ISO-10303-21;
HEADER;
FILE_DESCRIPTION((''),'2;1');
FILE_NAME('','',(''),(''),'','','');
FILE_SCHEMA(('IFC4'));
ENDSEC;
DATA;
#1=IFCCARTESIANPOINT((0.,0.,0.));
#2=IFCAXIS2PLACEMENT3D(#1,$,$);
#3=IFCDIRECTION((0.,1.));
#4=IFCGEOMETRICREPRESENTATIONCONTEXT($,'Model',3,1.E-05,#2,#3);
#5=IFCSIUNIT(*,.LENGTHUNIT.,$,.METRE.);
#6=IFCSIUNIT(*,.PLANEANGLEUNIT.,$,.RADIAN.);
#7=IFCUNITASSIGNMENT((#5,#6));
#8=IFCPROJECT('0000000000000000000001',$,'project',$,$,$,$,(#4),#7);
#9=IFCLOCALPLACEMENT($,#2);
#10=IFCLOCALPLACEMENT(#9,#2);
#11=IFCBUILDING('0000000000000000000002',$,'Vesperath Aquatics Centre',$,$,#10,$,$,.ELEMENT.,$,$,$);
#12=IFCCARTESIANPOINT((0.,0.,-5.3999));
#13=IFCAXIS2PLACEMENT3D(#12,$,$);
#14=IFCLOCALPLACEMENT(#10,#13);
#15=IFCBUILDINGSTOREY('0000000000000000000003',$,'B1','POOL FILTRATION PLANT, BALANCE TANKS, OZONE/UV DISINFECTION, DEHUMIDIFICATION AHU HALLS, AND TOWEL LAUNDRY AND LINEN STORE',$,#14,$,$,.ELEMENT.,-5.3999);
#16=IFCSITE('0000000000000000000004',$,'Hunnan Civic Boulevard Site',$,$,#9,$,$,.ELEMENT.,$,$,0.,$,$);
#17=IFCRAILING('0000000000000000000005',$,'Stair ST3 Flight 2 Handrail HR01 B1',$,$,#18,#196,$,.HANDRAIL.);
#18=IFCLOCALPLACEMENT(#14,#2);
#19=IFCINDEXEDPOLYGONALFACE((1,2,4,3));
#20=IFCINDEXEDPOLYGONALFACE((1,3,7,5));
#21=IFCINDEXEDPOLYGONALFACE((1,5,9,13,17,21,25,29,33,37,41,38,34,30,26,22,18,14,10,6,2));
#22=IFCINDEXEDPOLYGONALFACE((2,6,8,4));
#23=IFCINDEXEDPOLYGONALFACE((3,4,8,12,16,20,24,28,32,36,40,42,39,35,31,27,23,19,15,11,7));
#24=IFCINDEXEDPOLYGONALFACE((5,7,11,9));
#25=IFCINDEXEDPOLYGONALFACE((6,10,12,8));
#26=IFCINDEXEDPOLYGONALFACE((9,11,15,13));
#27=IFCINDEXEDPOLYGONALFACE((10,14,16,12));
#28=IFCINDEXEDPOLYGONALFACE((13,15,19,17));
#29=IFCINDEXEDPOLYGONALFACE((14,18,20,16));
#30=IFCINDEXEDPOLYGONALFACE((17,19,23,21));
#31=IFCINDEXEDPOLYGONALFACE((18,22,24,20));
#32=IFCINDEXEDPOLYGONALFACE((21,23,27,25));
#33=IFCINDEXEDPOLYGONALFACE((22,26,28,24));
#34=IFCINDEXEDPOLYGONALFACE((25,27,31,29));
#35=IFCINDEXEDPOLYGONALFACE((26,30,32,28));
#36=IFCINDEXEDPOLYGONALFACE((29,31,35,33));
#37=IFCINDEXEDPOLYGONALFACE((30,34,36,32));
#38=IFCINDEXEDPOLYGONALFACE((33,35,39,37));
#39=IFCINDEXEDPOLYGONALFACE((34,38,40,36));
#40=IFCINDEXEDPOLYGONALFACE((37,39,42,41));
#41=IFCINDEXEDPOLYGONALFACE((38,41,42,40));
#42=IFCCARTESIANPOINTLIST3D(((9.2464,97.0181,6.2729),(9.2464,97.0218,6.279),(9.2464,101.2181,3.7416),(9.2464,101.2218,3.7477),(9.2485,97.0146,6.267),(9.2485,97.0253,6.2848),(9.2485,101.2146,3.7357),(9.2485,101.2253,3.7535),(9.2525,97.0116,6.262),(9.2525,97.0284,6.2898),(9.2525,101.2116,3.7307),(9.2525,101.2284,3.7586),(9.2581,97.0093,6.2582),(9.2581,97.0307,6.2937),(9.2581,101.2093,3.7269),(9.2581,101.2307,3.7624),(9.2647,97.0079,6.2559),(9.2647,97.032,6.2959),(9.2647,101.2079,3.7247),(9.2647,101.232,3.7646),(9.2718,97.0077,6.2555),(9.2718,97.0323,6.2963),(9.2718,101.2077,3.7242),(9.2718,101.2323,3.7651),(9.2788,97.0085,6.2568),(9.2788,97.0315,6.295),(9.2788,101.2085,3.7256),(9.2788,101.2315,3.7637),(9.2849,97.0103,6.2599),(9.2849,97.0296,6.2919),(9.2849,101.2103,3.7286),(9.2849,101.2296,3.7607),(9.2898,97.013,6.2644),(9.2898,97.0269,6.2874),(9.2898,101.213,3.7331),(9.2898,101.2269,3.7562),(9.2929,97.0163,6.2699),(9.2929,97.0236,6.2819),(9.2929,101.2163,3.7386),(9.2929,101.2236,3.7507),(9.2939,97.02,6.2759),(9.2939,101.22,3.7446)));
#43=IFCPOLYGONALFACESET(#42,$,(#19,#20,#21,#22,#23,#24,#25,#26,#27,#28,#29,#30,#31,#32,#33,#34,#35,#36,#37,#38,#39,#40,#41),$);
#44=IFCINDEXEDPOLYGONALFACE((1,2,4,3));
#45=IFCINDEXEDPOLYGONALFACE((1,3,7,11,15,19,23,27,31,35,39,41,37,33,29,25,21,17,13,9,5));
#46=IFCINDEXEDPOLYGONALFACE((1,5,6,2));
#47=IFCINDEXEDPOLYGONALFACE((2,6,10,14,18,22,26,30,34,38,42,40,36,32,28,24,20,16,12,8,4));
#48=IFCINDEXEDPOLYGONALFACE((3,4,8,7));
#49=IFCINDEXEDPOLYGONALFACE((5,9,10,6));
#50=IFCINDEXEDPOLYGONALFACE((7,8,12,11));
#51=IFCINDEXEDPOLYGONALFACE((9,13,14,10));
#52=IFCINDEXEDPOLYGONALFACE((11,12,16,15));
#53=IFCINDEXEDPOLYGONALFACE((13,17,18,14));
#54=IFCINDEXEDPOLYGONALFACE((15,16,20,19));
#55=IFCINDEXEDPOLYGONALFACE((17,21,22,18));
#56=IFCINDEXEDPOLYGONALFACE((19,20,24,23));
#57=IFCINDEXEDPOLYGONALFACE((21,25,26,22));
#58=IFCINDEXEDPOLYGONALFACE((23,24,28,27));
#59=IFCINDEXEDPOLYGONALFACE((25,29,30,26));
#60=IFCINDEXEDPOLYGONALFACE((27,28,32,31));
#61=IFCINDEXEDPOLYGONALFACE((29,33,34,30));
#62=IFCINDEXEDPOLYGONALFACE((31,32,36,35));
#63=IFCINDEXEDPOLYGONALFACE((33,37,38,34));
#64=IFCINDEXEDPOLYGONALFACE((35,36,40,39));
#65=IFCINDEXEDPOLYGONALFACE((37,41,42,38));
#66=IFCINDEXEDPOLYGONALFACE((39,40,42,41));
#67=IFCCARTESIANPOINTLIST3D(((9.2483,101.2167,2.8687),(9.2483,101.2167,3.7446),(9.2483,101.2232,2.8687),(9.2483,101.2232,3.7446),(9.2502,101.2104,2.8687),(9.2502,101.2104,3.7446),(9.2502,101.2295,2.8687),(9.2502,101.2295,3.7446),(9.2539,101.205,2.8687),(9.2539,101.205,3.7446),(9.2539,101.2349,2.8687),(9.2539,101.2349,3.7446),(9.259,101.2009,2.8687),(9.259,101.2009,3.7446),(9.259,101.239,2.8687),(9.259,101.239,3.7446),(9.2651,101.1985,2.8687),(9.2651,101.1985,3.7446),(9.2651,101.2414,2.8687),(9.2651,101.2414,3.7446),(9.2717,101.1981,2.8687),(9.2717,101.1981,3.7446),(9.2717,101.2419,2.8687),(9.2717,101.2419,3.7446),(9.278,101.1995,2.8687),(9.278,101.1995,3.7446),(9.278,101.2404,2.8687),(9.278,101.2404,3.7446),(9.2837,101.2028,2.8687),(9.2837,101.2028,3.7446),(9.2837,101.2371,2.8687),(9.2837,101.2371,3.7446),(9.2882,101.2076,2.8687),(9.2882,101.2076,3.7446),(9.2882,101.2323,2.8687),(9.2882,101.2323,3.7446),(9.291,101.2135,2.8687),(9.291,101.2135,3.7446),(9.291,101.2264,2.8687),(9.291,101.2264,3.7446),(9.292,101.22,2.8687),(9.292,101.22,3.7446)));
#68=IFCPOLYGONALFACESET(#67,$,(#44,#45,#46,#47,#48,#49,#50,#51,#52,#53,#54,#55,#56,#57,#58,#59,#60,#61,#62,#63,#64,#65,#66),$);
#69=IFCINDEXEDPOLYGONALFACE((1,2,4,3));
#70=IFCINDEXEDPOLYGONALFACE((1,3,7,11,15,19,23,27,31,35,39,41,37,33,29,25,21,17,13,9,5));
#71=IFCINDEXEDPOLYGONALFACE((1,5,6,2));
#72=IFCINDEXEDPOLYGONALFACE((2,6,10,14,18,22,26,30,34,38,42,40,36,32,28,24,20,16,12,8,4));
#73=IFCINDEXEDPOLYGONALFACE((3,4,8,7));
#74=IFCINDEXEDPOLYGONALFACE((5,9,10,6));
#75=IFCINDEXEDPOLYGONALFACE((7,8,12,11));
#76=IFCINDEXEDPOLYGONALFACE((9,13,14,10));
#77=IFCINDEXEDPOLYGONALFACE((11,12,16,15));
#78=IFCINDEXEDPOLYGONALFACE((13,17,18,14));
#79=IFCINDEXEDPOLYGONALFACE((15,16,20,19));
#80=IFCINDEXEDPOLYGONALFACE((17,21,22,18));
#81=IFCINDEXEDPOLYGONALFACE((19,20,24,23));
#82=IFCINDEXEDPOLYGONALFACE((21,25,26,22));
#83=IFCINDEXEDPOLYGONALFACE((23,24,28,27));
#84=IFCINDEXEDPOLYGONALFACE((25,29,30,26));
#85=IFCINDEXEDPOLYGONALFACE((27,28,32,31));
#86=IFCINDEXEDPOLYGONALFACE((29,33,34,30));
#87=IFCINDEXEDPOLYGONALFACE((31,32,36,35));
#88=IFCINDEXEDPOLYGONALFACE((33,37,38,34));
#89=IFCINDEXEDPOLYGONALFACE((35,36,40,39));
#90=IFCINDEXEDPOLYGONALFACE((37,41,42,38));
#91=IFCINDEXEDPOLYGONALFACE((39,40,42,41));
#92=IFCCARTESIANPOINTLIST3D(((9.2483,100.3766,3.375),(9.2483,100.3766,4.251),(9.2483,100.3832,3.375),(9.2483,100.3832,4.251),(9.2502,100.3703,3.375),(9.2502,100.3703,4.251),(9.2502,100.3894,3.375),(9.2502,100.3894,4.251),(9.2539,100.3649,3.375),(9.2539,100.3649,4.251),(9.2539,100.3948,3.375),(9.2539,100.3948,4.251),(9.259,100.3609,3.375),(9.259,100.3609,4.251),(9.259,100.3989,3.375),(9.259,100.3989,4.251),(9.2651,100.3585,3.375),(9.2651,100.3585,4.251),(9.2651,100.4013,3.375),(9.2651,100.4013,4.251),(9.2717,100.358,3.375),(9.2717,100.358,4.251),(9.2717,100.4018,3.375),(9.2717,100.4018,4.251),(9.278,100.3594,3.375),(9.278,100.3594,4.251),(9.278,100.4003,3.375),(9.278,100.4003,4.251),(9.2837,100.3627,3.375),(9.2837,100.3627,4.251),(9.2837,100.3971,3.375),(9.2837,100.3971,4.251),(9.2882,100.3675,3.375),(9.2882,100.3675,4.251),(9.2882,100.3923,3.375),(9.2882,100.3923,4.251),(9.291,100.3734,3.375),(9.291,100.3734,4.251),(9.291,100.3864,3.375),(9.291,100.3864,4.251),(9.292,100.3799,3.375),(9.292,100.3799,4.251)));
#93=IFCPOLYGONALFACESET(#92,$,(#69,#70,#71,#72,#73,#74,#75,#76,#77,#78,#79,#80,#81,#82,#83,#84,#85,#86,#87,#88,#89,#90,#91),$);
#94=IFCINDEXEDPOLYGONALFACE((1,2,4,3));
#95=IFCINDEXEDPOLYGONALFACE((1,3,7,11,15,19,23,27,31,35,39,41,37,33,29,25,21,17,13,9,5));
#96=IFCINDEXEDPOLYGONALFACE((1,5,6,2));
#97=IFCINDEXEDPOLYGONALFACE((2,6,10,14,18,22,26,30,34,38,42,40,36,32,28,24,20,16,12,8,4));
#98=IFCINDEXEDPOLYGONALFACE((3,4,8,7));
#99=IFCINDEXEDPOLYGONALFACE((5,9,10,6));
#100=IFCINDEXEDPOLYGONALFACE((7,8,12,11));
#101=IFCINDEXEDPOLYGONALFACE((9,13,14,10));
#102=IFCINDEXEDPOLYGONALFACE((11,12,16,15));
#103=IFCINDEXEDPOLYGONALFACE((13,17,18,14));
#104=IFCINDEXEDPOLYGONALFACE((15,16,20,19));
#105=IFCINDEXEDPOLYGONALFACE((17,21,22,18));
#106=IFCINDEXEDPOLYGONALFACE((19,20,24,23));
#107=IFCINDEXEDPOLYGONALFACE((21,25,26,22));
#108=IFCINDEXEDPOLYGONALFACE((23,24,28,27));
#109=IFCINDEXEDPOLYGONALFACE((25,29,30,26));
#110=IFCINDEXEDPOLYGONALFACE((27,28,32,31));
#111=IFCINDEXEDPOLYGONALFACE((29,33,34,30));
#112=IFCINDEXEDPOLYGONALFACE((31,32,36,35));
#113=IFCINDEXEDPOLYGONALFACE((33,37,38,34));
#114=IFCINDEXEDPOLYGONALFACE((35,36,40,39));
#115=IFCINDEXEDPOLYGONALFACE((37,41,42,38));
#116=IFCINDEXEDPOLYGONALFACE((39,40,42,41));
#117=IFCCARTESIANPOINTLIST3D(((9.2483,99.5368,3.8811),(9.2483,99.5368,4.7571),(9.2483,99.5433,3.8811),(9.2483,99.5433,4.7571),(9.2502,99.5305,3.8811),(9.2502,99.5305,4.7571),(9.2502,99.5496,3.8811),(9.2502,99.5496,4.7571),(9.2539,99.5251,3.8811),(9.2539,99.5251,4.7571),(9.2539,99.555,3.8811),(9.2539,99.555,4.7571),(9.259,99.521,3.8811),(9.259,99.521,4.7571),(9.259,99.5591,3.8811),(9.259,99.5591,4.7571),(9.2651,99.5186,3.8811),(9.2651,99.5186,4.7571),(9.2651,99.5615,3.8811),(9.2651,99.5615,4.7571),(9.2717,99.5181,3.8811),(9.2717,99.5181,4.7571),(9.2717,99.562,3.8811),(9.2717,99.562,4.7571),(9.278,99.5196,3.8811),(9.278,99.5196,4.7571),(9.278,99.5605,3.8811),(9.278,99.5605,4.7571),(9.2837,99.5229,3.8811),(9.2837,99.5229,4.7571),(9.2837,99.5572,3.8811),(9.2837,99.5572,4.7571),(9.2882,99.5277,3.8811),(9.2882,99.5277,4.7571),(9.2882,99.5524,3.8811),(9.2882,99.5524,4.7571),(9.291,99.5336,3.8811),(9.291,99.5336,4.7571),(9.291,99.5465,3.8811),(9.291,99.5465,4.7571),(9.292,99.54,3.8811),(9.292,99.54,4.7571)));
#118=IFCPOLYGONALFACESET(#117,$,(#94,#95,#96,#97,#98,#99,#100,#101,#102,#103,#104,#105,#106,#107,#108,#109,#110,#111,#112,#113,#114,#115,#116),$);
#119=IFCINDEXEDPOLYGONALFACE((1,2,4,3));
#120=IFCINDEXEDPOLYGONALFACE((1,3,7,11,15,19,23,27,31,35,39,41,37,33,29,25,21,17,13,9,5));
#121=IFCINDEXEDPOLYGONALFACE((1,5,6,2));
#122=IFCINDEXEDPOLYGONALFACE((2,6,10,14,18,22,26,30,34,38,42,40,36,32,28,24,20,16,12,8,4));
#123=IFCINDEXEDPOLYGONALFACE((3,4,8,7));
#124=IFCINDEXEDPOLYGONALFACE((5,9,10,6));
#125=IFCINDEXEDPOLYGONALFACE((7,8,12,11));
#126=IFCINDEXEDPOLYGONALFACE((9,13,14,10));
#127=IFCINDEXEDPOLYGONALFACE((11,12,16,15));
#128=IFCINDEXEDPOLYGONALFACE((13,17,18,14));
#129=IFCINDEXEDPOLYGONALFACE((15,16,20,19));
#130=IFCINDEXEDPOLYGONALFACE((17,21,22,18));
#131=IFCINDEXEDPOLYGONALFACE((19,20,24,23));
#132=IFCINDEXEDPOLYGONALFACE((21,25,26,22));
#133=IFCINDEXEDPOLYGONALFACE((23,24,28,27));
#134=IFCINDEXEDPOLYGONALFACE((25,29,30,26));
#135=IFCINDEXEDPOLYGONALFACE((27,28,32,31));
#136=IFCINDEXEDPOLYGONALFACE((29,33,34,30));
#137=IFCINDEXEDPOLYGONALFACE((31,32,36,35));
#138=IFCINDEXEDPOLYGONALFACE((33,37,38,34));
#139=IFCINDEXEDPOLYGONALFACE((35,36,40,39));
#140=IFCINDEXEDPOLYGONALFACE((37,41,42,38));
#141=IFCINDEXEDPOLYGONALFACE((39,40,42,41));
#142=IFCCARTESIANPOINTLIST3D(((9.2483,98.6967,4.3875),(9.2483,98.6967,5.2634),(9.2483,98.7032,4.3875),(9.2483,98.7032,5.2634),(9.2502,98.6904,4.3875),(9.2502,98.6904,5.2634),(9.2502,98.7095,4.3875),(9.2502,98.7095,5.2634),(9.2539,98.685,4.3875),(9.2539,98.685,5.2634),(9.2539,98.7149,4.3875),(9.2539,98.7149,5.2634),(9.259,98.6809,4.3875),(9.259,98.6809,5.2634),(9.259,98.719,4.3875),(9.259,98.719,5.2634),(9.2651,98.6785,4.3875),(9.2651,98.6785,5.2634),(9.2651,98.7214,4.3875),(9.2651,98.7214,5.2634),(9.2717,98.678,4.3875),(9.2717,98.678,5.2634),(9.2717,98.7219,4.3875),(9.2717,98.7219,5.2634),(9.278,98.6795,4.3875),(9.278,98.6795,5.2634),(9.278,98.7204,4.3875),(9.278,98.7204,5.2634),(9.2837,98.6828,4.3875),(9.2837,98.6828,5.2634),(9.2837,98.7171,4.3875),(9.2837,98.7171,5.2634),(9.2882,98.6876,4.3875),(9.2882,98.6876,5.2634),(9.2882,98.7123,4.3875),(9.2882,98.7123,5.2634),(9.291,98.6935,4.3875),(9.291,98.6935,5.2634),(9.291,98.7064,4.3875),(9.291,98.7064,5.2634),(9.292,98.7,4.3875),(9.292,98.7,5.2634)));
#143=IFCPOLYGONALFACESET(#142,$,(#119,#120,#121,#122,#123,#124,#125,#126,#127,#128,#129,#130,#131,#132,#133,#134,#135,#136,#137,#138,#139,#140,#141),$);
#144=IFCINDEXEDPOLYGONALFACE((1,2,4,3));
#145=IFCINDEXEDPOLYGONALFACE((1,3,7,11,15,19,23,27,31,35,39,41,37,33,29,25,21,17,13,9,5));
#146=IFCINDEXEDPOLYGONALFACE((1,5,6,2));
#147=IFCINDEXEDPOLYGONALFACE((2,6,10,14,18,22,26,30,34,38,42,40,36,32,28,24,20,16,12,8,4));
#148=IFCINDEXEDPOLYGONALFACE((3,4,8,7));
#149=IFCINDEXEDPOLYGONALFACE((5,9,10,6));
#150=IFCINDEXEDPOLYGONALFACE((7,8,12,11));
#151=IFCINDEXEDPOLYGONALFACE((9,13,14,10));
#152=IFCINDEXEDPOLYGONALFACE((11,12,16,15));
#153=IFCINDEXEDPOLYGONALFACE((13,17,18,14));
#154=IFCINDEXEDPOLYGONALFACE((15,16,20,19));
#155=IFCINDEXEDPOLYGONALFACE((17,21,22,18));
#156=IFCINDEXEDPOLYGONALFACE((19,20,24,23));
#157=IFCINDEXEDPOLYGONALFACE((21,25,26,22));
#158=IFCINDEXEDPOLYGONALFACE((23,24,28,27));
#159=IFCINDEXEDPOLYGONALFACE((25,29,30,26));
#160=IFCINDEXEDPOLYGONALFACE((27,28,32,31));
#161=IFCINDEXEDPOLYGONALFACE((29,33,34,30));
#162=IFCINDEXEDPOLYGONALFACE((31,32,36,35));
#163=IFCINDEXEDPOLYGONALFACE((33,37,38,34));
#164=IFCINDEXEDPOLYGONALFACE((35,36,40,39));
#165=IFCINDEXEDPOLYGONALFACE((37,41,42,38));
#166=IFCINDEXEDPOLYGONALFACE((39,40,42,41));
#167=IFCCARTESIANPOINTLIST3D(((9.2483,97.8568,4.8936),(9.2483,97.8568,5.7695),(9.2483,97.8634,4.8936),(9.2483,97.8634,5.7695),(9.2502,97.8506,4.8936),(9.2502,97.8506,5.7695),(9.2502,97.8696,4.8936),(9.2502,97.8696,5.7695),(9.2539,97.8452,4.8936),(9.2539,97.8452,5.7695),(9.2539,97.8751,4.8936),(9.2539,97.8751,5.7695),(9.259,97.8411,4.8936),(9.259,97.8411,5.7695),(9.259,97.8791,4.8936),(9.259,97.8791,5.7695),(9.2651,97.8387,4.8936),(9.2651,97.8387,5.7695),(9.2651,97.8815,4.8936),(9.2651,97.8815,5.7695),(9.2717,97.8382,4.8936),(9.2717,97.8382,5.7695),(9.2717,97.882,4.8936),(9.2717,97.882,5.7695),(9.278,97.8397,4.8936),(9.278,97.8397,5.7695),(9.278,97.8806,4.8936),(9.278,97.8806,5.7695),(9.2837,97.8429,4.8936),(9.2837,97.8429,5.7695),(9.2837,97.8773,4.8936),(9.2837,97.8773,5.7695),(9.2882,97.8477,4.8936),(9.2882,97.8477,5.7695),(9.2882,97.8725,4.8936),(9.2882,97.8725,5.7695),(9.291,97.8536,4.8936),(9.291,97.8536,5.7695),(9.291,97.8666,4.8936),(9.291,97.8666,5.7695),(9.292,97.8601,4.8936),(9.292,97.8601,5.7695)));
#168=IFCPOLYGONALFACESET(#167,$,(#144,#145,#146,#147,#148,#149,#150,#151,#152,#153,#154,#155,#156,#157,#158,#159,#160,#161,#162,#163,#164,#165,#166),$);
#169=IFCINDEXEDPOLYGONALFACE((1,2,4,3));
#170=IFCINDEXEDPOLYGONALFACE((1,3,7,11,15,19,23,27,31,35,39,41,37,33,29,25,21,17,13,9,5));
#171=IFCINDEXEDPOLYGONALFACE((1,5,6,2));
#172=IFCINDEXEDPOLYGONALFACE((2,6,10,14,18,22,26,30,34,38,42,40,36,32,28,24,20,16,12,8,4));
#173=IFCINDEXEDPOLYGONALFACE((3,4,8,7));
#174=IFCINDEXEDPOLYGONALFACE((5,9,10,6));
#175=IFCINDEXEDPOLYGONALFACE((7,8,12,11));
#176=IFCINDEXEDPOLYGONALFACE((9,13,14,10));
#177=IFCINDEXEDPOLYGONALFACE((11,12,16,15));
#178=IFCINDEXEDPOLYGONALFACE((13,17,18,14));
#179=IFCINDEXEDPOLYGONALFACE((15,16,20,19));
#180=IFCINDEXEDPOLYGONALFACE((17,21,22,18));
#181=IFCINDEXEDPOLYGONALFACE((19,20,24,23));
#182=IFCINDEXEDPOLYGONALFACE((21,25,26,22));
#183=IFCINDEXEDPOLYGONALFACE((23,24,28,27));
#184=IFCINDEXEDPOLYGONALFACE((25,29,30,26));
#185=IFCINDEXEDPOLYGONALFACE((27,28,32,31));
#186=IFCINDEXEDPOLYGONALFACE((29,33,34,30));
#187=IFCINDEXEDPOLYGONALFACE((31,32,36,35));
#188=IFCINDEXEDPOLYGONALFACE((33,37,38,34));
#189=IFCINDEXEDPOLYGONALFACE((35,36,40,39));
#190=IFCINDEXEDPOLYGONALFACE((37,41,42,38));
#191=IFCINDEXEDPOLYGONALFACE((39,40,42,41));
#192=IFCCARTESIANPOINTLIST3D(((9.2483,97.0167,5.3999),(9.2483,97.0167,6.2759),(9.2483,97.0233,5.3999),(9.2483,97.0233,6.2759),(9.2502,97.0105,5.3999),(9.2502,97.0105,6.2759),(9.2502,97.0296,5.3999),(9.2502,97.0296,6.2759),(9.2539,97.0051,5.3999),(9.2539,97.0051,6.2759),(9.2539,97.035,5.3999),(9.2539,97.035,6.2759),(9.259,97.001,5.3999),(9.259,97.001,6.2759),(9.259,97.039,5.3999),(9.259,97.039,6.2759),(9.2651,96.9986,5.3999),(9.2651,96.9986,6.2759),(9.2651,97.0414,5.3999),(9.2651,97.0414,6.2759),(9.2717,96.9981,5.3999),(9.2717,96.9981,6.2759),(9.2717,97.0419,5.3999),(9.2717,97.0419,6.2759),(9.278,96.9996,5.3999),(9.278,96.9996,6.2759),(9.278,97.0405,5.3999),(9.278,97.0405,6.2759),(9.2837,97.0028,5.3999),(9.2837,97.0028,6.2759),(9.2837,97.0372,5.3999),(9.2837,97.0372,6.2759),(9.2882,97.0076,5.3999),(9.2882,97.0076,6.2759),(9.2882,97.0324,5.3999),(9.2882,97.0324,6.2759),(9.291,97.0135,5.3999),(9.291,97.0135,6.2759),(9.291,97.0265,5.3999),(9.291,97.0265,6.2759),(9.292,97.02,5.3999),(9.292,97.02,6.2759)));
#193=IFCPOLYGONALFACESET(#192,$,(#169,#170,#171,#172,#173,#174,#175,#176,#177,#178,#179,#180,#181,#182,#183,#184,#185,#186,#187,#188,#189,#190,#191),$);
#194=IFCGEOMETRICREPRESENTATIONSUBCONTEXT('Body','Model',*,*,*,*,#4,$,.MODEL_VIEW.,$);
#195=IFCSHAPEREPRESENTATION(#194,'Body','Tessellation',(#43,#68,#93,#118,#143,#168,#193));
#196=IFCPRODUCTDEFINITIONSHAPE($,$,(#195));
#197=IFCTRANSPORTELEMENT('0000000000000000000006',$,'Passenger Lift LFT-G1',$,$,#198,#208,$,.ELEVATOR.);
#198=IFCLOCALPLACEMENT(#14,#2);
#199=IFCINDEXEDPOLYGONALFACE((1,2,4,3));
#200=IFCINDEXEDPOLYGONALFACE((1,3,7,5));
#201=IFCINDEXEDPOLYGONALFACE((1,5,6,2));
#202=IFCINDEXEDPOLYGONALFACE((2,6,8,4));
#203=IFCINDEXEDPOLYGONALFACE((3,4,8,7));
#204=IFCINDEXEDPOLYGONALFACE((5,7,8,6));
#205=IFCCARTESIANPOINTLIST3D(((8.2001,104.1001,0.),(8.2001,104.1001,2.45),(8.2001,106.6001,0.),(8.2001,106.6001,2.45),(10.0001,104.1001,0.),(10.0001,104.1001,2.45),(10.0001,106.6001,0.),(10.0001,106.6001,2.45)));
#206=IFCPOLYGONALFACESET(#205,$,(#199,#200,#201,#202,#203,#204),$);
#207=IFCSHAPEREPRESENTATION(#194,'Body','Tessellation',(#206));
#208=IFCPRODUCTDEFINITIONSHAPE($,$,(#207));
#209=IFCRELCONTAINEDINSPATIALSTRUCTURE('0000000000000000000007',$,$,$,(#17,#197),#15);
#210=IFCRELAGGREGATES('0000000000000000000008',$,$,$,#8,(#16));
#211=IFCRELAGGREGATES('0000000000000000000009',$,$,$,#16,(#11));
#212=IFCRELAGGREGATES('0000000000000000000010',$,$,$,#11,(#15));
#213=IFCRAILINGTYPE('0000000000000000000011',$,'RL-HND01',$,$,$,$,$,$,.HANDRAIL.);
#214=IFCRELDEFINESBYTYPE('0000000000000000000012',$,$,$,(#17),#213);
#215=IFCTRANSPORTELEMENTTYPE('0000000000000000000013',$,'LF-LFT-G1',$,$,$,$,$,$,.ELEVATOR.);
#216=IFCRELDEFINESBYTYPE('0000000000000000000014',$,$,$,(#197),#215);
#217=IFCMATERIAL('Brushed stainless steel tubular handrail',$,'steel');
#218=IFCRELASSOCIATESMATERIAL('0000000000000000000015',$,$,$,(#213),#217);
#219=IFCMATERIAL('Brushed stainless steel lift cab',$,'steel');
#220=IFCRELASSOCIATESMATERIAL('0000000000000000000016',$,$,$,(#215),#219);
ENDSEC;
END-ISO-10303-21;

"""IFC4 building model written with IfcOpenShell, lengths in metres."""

from ifc_helpers import new_model, si_unit, direction, frame, origin, origin_2d, place, context, subcontext, project, spatial, rectangle, circle, extrude, material, type_object, element, save


model = new_model("IFC4")

# Units and contexts
model_context = context("Model", 3, precision=1e-05, world=origin(), true_north=direction((0.0, 1.0)))
body_context = subcontext(model_context, "Body", "Model", "MODEL_VIEW")
ifc_project = project(units=[si_unit("LENGTHUNIT", "METRE"), si_unit("PLANEANGLEUNIT", "RADIAN")], contexts=[model_context])

# Site, building, storey
site_placement = place(None, origin())
site = spatial("IfcSite", under=ifc_project, at=site_placement, Name="Hunnan Civic Boulevard Site", CompositionType="ELEMENT", RefElevation=0.0)
building_placement = place(site_placement, origin())
building = spatial("IfcBuilding", under=site, at=building_placement, Name="Vesperath Aquatics Centre", CompositionType="ELEMENT")
storey_placement = place(building_placement, frame((0.0, 0.0, -5.3999)))
storey = spatial("IfcBuildingStorey", under=building, at=storey_placement, Name="B1", Description="POOL FILTRATION PLANT, BALANCE TANKS, OZONE/UV DISINFECTION, DEHUMIDIFICATION AHU HALLS, AND TOWEL LAUNDRY AND LINEN STORE", CompositionType="ELEMENT", Elevation=-5.3999)

# Railing
ifc_material_1 = material(Name="Brushed stainless steel tubular handrail", Category="steel")
railing_type_1 = type_object("IfcRailingType", Name="RL-HND01", PredefinedType="HANDRAIL", material=ifc_material_1)
railing_1_placement = place(storey_placement, frame((9.27, 101.22, 2.8687)))
element("IfcRailing", 1, at=railing_1_placement, inside=storey, type_object=railing_type_1, Name="Stair ST3 Flight 2 Handrail HR01 B1", PredefinedType="HANDRAIL", context=body_context, shape_type="SweptSolid", body=[
    extrude(circle(Radius=0.0239, at=origin_2d()), frame((0.0, 0.0, 0.876), z_axis=(0.0, -0.856476, 0.516186), x_axis=(1.0, 0.0, 0.0)), (0.0, 0.0, 1.0), 4.9038),
    extrude(circle(Radius=0.022, at=origin_2d()), origin(), (0.0, 0.0, 1.0), 0.876),
    extrude(circle(Radius=0.022, at=origin_2d()), frame((0.0, -0.8401, 0.5063)), (0.0, 0.0, 1.0), 0.876),
    extrude(circle(Radius=0.022, at=origin_2d()), frame((0.0, -1.6799, 1.0125)), (0.0, 0.0, 1.0), 0.876),
    extrude(circle(Radius=0.022, at=origin_2d()), frame((0.0, -2.52, 1.5188)), (0.0, 0.0, 1.0), 0.876),
    extrude(circle(Radius=0.022, at=origin_2d()), frame((0.0, -3.3599, 2.0249)), (0.0, 0.0, 1.0), 0.876),
    extrude(circle(Radius=0.022, at=origin_2d()), frame((0.0, -4.2, 2.5312)), (0.0, 0.0, 1.0), 0.876),
])

# Transport element
ifc_material_2 = material(Name="Brushed stainless steel lift cab", Category="steel")
transport_element_type = type_object("IfcTransportElementType", Name="LF-LFT-G1", PredefinedType="ELEVATOR", material=ifc_material_2)
transport_element_placement = place(storey_placement, frame((9.1001, 105.3501, 0.0), z_axis=(0.0, 0.0, 1.0), x_axis=(1.0, 0.0, 0.0)))
element("IfcTransportElement", 2, at=transport_element_placement, inside=storey, type_object=transport_element_type, Name="Passenger Lift LFT-G1", PredefinedType="ELEVATOR", context=body_context, shape_type="SweptSolid", body=[
    extrude(rectangle(XDim=1.8, YDim=2.5, at=origin_2d()), origin(), (0.0, 0.0, 1.0), 2.45),
])

save(model, "model.ifc")
